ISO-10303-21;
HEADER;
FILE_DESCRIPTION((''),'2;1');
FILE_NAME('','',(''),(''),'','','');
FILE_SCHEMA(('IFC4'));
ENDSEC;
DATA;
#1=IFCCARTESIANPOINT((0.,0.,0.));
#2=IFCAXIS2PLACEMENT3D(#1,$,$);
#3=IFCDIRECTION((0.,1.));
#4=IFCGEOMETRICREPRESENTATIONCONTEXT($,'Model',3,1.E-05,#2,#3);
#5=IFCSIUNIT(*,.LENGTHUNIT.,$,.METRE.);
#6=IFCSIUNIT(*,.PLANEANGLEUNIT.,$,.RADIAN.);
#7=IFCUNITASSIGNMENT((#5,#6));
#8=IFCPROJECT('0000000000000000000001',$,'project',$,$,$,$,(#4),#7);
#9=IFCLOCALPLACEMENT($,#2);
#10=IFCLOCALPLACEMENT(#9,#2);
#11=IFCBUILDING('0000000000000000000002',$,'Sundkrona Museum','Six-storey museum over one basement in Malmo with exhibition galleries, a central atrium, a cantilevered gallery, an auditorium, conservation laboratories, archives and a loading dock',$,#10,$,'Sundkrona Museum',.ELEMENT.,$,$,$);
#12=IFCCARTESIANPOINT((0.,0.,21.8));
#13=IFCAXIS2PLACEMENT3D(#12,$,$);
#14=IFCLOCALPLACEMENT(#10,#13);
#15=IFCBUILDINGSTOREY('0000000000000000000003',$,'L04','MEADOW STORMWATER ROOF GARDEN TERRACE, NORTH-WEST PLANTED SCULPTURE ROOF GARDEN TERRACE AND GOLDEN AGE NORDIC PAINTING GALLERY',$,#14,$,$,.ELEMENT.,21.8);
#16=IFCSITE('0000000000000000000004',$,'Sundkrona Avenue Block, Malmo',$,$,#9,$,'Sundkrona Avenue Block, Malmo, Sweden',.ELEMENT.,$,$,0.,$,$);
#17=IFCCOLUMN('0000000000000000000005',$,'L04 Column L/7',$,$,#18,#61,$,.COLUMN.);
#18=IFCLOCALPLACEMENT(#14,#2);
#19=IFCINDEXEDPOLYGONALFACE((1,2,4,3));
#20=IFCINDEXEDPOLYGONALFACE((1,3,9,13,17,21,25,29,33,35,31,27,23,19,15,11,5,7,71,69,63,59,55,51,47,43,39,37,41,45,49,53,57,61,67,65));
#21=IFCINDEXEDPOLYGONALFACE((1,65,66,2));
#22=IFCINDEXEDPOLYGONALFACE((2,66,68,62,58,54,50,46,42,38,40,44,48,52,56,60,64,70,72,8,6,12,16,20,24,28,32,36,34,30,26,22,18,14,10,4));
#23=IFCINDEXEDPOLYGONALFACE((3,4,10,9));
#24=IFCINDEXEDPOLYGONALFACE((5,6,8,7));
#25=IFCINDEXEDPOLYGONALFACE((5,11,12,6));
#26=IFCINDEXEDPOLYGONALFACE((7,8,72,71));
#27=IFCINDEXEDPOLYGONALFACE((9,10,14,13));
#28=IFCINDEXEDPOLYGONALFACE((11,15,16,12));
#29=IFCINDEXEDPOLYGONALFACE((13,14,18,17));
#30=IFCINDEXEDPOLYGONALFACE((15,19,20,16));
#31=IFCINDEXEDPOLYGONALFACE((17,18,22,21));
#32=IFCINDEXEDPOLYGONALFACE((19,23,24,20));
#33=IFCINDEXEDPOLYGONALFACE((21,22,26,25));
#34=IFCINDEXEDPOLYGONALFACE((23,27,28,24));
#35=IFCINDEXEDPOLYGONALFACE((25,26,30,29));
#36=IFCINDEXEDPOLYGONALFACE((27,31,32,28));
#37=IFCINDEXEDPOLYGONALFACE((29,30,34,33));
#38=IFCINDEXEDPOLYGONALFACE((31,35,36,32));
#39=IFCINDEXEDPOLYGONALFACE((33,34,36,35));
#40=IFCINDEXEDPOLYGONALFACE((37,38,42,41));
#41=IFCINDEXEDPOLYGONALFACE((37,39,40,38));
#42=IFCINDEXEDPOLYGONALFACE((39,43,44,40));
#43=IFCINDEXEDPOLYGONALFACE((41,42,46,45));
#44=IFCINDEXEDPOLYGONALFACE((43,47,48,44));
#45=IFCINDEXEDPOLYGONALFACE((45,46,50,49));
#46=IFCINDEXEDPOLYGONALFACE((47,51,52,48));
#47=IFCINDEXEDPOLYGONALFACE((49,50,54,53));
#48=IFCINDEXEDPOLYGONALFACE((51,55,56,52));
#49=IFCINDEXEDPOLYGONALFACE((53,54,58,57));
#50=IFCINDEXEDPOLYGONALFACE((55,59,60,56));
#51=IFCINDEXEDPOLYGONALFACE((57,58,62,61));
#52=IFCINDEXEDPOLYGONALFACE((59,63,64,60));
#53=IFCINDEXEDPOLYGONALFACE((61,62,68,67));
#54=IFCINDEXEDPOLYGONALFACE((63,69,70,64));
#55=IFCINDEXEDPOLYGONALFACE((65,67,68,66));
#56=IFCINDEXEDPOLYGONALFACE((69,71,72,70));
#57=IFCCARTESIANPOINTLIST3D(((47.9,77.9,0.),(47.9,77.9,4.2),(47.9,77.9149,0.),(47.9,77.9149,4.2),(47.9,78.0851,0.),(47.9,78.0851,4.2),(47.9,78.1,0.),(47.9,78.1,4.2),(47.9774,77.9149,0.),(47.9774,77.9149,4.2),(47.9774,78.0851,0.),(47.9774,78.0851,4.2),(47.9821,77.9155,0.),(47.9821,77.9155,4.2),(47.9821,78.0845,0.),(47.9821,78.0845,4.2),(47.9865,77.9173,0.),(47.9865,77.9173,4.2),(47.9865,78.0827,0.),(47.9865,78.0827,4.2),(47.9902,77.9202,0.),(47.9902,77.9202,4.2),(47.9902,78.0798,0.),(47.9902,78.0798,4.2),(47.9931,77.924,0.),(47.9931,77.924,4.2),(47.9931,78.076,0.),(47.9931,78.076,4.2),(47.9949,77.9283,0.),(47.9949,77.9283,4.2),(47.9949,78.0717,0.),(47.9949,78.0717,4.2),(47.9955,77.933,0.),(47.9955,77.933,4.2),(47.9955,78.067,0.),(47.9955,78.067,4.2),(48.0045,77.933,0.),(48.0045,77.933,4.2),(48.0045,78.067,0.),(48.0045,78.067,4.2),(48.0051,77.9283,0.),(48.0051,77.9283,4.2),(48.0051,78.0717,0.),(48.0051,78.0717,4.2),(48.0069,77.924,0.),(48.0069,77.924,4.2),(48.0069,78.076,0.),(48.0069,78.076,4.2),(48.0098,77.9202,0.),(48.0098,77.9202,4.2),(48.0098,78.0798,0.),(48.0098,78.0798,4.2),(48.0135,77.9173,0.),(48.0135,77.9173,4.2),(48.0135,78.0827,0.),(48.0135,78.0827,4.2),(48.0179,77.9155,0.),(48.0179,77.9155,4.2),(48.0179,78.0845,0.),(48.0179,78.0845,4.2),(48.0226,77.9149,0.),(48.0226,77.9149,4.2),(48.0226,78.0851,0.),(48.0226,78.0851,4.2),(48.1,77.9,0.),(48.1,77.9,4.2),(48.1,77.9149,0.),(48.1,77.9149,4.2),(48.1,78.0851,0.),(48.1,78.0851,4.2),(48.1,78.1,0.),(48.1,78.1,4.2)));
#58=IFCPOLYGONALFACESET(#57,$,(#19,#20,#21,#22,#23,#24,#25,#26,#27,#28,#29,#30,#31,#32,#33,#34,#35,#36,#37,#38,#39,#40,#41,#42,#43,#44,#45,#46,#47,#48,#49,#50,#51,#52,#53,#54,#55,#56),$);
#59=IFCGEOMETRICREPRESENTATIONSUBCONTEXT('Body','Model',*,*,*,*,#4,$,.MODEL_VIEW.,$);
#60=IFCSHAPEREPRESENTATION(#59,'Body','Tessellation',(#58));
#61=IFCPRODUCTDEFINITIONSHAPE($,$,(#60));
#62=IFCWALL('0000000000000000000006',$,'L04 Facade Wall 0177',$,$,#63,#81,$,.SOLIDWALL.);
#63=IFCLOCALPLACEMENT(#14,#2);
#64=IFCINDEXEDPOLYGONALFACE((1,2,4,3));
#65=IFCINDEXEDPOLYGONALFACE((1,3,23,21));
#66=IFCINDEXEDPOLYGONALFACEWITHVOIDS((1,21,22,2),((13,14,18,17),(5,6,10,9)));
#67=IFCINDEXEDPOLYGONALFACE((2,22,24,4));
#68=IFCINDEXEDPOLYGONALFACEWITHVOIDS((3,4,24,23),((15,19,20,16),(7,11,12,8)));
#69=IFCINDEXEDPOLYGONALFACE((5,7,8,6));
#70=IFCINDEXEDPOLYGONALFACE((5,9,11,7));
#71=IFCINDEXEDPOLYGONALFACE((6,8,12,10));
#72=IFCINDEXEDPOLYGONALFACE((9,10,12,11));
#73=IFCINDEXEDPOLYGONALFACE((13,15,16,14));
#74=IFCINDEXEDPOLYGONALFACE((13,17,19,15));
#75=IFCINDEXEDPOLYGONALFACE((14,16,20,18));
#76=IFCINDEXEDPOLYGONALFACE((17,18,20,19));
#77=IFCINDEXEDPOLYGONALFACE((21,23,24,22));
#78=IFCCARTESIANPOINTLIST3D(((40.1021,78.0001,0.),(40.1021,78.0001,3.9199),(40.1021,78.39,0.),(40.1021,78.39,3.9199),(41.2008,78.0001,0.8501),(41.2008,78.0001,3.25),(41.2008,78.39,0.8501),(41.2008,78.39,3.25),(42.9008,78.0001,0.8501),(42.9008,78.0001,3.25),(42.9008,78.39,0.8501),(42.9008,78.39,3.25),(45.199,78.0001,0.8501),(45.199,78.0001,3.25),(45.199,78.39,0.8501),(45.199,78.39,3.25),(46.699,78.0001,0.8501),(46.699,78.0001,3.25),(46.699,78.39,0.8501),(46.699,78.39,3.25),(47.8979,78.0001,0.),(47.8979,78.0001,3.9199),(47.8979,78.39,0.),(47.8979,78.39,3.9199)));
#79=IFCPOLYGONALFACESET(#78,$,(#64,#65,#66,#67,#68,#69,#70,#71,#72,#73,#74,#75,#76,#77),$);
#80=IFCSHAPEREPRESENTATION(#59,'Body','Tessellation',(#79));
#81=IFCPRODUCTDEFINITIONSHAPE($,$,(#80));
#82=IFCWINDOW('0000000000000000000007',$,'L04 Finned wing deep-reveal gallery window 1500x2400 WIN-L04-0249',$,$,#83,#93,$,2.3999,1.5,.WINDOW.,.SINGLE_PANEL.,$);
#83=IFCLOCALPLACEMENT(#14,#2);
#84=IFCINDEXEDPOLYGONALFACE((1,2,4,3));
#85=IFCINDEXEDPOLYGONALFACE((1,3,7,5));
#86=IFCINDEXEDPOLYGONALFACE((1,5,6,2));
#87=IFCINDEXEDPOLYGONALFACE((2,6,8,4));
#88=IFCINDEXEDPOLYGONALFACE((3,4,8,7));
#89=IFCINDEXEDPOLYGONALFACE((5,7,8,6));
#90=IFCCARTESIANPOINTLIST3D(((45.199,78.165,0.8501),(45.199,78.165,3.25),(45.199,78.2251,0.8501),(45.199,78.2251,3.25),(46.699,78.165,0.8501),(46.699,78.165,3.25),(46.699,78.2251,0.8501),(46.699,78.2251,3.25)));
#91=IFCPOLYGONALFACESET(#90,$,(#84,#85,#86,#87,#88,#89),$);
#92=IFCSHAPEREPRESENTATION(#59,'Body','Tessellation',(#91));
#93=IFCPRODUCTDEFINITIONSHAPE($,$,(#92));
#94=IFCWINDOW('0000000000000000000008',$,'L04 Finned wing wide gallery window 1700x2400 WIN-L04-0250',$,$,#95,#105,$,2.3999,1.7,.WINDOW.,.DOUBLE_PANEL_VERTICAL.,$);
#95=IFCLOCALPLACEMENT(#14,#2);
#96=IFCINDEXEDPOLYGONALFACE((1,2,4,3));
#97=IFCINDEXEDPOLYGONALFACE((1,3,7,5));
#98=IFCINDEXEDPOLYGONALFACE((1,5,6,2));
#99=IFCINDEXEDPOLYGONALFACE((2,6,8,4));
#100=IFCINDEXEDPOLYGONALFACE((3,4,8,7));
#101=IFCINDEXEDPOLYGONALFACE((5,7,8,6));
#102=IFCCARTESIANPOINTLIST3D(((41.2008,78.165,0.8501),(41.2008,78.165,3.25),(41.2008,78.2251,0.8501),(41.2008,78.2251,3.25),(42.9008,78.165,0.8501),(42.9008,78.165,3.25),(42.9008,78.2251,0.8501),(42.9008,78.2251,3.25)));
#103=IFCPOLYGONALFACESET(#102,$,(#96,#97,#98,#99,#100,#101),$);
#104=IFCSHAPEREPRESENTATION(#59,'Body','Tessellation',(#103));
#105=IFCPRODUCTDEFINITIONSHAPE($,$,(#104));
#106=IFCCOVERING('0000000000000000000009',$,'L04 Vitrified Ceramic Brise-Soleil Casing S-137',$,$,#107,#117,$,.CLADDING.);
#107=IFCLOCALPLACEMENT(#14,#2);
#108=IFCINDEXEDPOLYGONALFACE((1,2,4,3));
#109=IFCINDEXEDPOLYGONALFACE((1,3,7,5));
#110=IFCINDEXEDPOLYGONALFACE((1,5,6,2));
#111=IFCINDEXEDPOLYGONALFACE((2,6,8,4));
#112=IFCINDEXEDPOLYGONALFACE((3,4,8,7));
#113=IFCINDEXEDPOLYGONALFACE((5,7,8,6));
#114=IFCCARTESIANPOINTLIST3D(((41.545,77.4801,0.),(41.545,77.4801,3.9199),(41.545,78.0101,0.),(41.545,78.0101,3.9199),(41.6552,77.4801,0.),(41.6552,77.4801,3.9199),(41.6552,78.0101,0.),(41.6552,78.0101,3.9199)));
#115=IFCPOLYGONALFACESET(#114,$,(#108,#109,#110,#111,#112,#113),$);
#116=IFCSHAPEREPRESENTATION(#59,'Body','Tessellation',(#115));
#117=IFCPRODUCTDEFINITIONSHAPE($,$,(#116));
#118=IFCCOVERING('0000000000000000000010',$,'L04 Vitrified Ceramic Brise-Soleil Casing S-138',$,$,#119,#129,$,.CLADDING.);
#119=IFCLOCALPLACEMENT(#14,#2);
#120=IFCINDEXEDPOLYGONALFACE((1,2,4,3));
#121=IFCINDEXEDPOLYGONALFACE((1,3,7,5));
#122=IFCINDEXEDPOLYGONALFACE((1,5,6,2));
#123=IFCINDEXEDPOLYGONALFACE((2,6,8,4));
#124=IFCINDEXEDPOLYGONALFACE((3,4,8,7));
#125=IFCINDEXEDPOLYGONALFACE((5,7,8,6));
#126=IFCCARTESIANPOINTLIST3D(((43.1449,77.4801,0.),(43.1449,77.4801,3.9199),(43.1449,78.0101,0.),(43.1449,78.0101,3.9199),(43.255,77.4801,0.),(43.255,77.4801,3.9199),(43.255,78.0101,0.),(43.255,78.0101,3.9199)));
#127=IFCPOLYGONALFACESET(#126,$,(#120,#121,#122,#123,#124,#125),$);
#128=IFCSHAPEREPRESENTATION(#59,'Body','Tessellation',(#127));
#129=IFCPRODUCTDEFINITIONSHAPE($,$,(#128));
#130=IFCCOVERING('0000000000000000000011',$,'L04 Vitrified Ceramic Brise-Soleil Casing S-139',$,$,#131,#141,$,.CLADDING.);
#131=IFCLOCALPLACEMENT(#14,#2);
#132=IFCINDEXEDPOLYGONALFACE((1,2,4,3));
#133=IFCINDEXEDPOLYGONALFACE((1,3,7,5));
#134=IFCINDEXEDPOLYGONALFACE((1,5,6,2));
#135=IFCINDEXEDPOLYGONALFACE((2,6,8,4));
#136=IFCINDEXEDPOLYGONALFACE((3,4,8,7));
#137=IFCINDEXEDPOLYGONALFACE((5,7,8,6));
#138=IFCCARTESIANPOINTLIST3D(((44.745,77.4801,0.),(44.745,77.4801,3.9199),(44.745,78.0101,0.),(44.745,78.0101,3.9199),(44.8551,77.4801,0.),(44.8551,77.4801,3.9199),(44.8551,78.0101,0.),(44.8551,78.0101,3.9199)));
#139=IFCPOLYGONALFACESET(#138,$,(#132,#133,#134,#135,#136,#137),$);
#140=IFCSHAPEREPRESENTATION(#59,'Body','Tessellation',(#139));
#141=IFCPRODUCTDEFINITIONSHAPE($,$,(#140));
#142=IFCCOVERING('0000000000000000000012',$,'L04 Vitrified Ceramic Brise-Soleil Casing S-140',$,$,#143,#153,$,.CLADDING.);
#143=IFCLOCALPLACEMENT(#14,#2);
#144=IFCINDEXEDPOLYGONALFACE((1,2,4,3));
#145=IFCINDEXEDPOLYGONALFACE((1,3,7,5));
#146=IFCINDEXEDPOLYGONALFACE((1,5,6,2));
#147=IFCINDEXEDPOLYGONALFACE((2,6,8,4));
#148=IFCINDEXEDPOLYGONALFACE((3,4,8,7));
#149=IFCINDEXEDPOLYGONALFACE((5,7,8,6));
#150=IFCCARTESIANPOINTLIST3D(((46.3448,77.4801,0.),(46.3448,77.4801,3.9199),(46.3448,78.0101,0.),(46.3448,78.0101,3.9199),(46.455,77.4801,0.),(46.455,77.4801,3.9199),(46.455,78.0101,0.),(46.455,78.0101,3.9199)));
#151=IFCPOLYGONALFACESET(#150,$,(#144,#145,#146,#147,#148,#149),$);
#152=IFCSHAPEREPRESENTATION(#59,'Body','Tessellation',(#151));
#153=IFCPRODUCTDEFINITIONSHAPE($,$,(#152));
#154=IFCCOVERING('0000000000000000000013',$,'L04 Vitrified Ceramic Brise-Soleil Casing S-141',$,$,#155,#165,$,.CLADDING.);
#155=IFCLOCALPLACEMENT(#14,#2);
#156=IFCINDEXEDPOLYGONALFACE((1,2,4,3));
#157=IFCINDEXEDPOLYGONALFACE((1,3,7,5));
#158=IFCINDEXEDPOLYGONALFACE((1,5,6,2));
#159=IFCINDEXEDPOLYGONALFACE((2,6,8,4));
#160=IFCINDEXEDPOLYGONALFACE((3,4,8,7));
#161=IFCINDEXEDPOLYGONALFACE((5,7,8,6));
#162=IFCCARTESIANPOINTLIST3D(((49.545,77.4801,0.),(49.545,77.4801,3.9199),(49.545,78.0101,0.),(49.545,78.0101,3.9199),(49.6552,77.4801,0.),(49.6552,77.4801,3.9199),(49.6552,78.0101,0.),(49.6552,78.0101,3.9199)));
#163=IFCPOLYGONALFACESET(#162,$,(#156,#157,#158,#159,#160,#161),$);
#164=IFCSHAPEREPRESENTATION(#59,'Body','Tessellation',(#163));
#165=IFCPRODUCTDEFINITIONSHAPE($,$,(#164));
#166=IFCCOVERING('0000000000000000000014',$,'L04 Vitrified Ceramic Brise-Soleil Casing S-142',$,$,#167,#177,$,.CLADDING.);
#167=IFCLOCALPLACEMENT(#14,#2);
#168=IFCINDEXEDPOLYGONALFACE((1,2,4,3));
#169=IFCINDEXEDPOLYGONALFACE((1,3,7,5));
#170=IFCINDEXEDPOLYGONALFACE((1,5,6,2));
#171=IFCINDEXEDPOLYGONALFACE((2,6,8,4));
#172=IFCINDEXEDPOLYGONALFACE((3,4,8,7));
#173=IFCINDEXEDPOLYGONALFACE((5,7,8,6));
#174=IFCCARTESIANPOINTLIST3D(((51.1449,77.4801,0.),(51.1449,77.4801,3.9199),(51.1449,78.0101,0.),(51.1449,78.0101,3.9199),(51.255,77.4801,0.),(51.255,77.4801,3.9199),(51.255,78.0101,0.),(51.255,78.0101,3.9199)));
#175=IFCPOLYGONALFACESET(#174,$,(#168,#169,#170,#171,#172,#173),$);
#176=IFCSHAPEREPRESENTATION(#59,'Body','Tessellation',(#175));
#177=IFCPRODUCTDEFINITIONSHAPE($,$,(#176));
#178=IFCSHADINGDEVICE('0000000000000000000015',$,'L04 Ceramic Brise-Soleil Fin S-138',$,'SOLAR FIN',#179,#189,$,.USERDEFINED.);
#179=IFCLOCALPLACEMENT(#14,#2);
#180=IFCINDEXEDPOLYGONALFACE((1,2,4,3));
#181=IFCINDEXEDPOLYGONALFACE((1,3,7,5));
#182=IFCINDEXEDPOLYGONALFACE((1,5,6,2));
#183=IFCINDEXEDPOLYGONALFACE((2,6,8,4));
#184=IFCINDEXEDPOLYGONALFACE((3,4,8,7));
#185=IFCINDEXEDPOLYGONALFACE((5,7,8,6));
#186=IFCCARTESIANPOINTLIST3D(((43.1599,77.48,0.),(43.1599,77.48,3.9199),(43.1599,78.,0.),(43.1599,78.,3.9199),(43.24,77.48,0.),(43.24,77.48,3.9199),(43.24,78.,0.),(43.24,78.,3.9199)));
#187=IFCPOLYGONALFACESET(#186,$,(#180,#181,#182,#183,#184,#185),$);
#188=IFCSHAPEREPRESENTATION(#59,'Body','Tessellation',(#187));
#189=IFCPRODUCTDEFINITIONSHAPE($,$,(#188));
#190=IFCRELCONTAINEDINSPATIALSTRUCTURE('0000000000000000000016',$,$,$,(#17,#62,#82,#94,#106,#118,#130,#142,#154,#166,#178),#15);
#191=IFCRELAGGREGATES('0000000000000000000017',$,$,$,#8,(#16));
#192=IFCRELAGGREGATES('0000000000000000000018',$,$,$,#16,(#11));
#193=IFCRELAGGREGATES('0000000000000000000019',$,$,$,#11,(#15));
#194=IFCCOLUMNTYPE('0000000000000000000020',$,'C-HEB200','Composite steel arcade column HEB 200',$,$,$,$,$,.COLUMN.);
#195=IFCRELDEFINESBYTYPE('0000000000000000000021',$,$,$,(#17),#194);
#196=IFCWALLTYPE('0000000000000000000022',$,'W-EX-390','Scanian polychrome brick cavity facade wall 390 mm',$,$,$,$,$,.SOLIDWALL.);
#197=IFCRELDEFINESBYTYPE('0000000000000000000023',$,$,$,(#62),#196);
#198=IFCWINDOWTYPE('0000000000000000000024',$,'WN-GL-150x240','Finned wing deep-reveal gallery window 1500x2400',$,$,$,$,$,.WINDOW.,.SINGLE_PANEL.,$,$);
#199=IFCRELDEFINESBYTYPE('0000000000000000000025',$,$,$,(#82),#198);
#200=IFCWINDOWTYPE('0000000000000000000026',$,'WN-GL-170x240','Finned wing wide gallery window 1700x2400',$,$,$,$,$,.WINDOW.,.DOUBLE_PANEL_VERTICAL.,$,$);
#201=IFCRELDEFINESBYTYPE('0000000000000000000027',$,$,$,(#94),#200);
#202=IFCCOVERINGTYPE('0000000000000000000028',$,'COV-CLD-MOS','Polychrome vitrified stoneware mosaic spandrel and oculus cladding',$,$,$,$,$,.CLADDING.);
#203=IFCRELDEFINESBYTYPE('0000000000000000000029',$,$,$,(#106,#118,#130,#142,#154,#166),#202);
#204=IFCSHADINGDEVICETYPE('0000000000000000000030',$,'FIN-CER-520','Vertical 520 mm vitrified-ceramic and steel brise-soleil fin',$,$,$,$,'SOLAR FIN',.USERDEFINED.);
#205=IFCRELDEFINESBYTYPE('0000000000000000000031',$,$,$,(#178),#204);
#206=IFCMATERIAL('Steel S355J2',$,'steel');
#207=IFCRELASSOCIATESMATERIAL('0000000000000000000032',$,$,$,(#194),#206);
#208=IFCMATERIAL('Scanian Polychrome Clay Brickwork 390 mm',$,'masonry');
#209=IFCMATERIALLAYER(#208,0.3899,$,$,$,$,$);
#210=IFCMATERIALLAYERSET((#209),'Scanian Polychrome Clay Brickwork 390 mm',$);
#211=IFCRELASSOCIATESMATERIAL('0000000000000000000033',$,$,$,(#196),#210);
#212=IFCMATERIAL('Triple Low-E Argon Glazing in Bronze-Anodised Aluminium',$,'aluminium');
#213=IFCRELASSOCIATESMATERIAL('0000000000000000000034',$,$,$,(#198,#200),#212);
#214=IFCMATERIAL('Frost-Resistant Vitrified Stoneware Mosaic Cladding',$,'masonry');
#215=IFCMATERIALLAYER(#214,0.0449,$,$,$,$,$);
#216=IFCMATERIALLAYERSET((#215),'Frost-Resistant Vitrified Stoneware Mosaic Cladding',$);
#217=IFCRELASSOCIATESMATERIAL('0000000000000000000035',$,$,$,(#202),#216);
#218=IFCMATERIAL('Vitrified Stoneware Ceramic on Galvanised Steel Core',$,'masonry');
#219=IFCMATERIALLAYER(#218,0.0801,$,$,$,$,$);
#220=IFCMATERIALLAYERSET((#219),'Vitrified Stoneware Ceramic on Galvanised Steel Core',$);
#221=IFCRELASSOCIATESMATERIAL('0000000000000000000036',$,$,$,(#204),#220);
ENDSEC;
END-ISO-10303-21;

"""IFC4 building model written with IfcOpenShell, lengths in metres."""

from ifc_helpers import new_model, si_unit, direction, frame, frame_2d, origin, origin_2d, place, context, subcontext, project, spatial, rectangle, i_section, extrude, material, layer, layer_set, material_profile, profile_set, type_object, element, fill, save


model = new_model("IFC4")

# Units and contexts
model_context = context("Model", 3, precision=1e-05, world=origin(), true_north=direction((0.0, 1.0)))
body_context = subcontext(model_context, "Body", "Model", "MODEL_VIEW")
ifc_project = project(units=[si_unit("LENGTHUNIT", "METRE"), si_unit("PLANEANGLEUNIT", "RADIAN")], contexts=[model_context])

# Site, building, storey
site_placement = place(None, origin())
site = spatial("IfcSite", under=ifc_project, at=site_placement, Name="Sundkrona Avenue Block, Malmo", LongName="Sundkrona Avenue Block, Malmo, Sweden", CompositionType="ELEMENT", RefElevation=0.0)
building_placement = place(site_placement, origin())
building = spatial("IfcBuilding", under=site, at=building_placement, Name="Sundkrona Museum", Description="Six-storey museum over one basement in Malmo with exhibition galleries, a central atrium, a cantilevered gallery, an auditorium, conservation laboratories, archives and a loading dock", LongName="Sundkrona Museum", CompositionType="ELEMENT")
storey_placement = place(building_placement, frame((0.0, 0.0, 21.8)))
storey = spatial("IfcBuildingStorey", under=building, at=storey_placement, Name="L04", Description="MEADOW STORMWATER ROOF GARDEN TERRACE, NORTH-WEST PLANTED SCULPTURE ROOF GARDEN TERRACE AND GOLDEN AGE NORDIC PAINTING GALLERY", CompositionType="ELEMENT", Elevation=21.8)

# Column
ifc_material_1 = material(Name="Steel S355J2", Category="steel")
ifc_material_profile = material_profile(ifc_material_1, i_section(OverallWidth=0.2, OverallDepth=0.2, WebThickness=0.009, FlangeThickness=0.0149, FilletRadius=0.0181, at=origin_2d()), Name="HEB 200")
ifc_profile_set = profile_set([ifc_material_profile], Name="Steel S355J2")
column_type = type_object("IfcColumnType", Name="C-HEB200", Description="Composite steel arcade column HEB 200", PredefinedType="COLUMN", material=ifc_profile_set)
column_placement = place(storey_placement, frame((48.0, 78.0, 0.0), z_axis=(0.0, 0.0, 1.0), x_axis=(1.0, 0.0, 0.0)))
element("IfcColumn", 1, at=column_placement, inside=storey, type_object=column_type, Name="L04 Column L/7", PredefinedType="COLUMN", context=body_context, shape_type="SweptSolid", body=[
    extrude(i_section(OverallWidth=0.2, OverallDepth=0.2, WebThickness=0.009, FlangeThickness=0.0149, FilletRadius=0.0181, at=origin_2d()), origin(), (0.0, 0.0, 1.0), 4.2),
])

# Wall, openings, windows
ifc_material_2 = material(Name="Scanian Polychrome Clay Brickwork 390 mm", Category="masonry")
ifc_layer_1 = layer(ifc_material_2, 0.3899)
ifc_layer_set_1 = layer_set([ifc_layer_1], Name="Scanian Polychrome Clay Brickwork 390 mm")
wall_type = type_object("IfcWallType", Name="W-EX-390", Description="Scanian polychrome brick cavity facade wall 390 mm", PredefinedType="SOLIDWALL", material=ifc_layer_set_1)
wall_placement = place(storey_placement, frame((47.8979, 78.1951, 0.0), z_axis=(0.0, 0.0, 1.0), x_axis=(-1.0, 0.0, 0.0)))
wall = element("IfcWall", 2, at=wall_placement, inside=storey, type_object=wall_type, Name="L04 Facade Wall 0177", PredefinedType="SOLIDWALL", context=body_context, shape_type="SweptSolid", body=[
    extrude(rectangle(XDim=7.7959, YDim=0.3899, at=frame_2d((3.8979, 0.0))), origin(), (0.0, 0.0, 1.0), 3.9199),
])
opening_1_placement = place(wall_placement, frame((1.199, 0.0, 0.8501)))
opening_1 = element("IfcOpeningElement", 3, at=opening_1_placement, cuts=wall, PredefinedType="OPENING", context=body_context, shape_type="SweptSolid", body=[
    extrude(rectangle(XDim=1.5, YDim=2.3999, at=frame_2d((0.75, 1.2))), frame((0.0, 0.2048, 0.0), z_axis=(0.0, -1.0, 0.0), x_axis=(1.0, 0.0, 0.0)), (0.0, 0.0, 1.0), 0.4099),
])
opening_2_placement = place(wall_placement, frame((4.9971, 0.0, 0.8501)))
opening_2 = element("IfcOpeningElement", 4, at=opening_2_placement, cuts=wall, PredefinedType="OPENING", context=body_context, shape_type="SweptSolid", body=[
    extrude(rectangle(XDim=1.7, YDim=2.3999, at=frame_2d((0.8501, 1.2))), frame((0.0, 0.2048, 0.0), z_axis=(0.0, -1.0, 0.0), x_axis=(1.0, 0.0, 0.0)), (0.0, 0.0, 1.0), 0.4099),
])
ifc_material_3 = material(Name="Triple Low-E Argon Glazing in Bronze-Anodised Aluminium", Category="aluminium")
window_type_1 = type_object("IfcWindowType", Name="WN-GL-150x240", Description="Finned wing deep-reveal gallery window 1500x2400", PartitioningType="SINGLE_PANEL", PredefinedType="WINDOW", material=ifc_material_3)
window_1_placement = place(opening_1_placement, origin())
window_1 = element("IfcWindow", 5, at=window_1_placement, inside=storey, type_object=window_type_1, Name="L04 Finned wing deep-reveal gallery window 1500x2400 WIN-L04-0249", OverallHeight=2.3999, OverallWidth=1.5, PartitioningType="SINGLE_PANEL", PredefinedType="WINDOW", context=body_context, shape_type="SweptSolid", body=[
    extrude(rectangle(XDim=1.5, YDim=2.3999, at=frame_2d((0.75, 1.2))), frame((0.0, 0.03, 0.0), z_axis=(0.0, -1.0, 0.0), x_axis=(1.0, 0.0, 0.0)), (0.0, 0.0, 1.0), 0.0601),
])
fill(opening_1, window_1)
window_type_2 = type_object("IfcWindowType", Name="WN-GL-170x240", Description="Finned wing wide gallery window 1700x2400", PartitioningType="DOUBLE_PANEL_VERTICAL", PredefinedType="WINDOW", material=ifc_material_3)
window_2_placement = place(opening_2_placement, origin())
window_2 = element("IfcWindow", 6, at=window_2_placement, inside=storey, type_object=window_type_2, Name="L04 Finned wing wide gallery window 1700x2400 WIN-L04-0250", OverallHeight=2.3999, OverallWidth=1.7, PartitioningType="DOUBLE_PANEL_VERTICAL", PredefinedType="WINDOW", context=body_context, shape_type="SweptSolid", body=[
    extrude(rectangle(XDim=1.7, YDim=2.3999, at=frame_2d((0.8501, 1.2))), frame((0.0, 0.03, 0.0), z_axis=(0.0, -1.0, 0.0), x_axis=(1.0, 0.0, 0.0)), (0.0, 0.0, 1.0), 0.0601),
])
fill(opening_2, window_2)

# Coverings
ifc_material_4 = material(Name="Frost-Resistant Vitrified Stoneware Mosaic Cladding", Category="masonry")
ifc_layer_2 = layer(ifc_material_4, 0.0449)
ifc_layer_set_2 = layer_set([ifc_layer_2], Name="Frost-Resistant Vitrified Stoneware Mosaic Cladding")
covering_type = type_object("IfcCoveringType", Name="COV-CLD-MOS", Description="Polychrome vitrified stoneware mosaic spandrel and oculus cladding", PredefinedType="CLADDING", material=ifc_layer_set_2)
for number, where, z_axis, x_axis, name in (
    (7, (41.6001, 77.7451, 0.0), (0.0, 0.0, 1.0), (1.0, 0.0, 0.0), "L04 Vitrified Ceramic Brise-Soleil Casing S-137"),
    (8, (43.2, 77.7451, 0.0), (0.0, 0.0, 1.0), (1.0, 0.0, 0.0), "L04 Vitrified Ceramic Brise-Soleil Casing S-138"),
    (9, (44.8, 77.7451, 0.0), (0.0, 0.0, 1.0), (1.0, 0.0, 0.0), "L04 Vitrified Ceramic Brise-Soleil Casing S-139"),
    (10, (46.3999, 77.7451, 0.0), (0.0, 0.0, 1.0), (1.0, 0.0, 0.0), "L04 Vitrified Ceramic Brise-Soleil Casing S-140"),
    (11, (49.6001, 77.7451, 0.0), (0.0, 0.0, 1.0), (1.0, 0.0, 0.0), "L04 Vitrified Ceramic Brise-Soleil Casing S-141"),
    (12, (51.2, 77.7451, 0.0), (0.0, 0.0, 1.0), (1.0, 0.0, 0.0), "L04 Vitrified Ceramic Brise-Soleil Casing S-142"),
):
    element("IfcCovering", number, at=place(storey_placement, frame(where, z_axis=z_axis, x_axis=x_axis)), inside=storey, type_object=covering_type, Name=name, PredefinedType="CLADDING", context=body_context, shape_type="SweptSolid", body=[
        extrude(rectangle(XDim=0.1101, YDim=0.53, at=origin_2d()), origin(), (0.0, 0.0, 1.0), 3.9199),
    ])

# Shading device
ifc_material_5 = material(Name="Vitrified Stoneware Ceramic on Galvanised Steel Core", Category="masonry")
ifc_layer_3 = layer(ifc_material_5, 0.0801)
ifc_layer_set_3 = layer_set([ifc_layer_3], Name="Vitrified Stoneware Ceramic on Galvanised Steel Core")
shading_device_type = type_object("IfcShadingDeviceType", Name="FIN-CER-520", Description="Vertical 520 mm vitrified-ceramic and steel brise-soleil fin", ElementType="SOLAR FIN", PredefinedType="USERDEFINED", material=ifc_layer_set_3)
for number, where, z_axis, x_axis, name in (
    (13, (43.2, 77.74, 0.0), (0.0, 0.0, 1.0), (1.0, 0.0, 0.0), "L04 Ceramic Brise-Soleil Fin S-138"),
):
    element("IfcShadingDevice", number, at=place(storey_placement, frame(where, z_axis=z_axis, x_axis=x_axis)), inside=storey, type_object=shading_device_type, Name=name, ObjectType="SOLAR FIN", PredefinedType="USERDEFINED", context=body_context, shape_type="SweptSolid", body=[
        extrude(rectangle(XDim=0.0801, YDim=0.52, at=origin_2d()), origin(), (0.0, 0.0, 1.0), 3.9199),
    ])

save(model, "model.ifc")
